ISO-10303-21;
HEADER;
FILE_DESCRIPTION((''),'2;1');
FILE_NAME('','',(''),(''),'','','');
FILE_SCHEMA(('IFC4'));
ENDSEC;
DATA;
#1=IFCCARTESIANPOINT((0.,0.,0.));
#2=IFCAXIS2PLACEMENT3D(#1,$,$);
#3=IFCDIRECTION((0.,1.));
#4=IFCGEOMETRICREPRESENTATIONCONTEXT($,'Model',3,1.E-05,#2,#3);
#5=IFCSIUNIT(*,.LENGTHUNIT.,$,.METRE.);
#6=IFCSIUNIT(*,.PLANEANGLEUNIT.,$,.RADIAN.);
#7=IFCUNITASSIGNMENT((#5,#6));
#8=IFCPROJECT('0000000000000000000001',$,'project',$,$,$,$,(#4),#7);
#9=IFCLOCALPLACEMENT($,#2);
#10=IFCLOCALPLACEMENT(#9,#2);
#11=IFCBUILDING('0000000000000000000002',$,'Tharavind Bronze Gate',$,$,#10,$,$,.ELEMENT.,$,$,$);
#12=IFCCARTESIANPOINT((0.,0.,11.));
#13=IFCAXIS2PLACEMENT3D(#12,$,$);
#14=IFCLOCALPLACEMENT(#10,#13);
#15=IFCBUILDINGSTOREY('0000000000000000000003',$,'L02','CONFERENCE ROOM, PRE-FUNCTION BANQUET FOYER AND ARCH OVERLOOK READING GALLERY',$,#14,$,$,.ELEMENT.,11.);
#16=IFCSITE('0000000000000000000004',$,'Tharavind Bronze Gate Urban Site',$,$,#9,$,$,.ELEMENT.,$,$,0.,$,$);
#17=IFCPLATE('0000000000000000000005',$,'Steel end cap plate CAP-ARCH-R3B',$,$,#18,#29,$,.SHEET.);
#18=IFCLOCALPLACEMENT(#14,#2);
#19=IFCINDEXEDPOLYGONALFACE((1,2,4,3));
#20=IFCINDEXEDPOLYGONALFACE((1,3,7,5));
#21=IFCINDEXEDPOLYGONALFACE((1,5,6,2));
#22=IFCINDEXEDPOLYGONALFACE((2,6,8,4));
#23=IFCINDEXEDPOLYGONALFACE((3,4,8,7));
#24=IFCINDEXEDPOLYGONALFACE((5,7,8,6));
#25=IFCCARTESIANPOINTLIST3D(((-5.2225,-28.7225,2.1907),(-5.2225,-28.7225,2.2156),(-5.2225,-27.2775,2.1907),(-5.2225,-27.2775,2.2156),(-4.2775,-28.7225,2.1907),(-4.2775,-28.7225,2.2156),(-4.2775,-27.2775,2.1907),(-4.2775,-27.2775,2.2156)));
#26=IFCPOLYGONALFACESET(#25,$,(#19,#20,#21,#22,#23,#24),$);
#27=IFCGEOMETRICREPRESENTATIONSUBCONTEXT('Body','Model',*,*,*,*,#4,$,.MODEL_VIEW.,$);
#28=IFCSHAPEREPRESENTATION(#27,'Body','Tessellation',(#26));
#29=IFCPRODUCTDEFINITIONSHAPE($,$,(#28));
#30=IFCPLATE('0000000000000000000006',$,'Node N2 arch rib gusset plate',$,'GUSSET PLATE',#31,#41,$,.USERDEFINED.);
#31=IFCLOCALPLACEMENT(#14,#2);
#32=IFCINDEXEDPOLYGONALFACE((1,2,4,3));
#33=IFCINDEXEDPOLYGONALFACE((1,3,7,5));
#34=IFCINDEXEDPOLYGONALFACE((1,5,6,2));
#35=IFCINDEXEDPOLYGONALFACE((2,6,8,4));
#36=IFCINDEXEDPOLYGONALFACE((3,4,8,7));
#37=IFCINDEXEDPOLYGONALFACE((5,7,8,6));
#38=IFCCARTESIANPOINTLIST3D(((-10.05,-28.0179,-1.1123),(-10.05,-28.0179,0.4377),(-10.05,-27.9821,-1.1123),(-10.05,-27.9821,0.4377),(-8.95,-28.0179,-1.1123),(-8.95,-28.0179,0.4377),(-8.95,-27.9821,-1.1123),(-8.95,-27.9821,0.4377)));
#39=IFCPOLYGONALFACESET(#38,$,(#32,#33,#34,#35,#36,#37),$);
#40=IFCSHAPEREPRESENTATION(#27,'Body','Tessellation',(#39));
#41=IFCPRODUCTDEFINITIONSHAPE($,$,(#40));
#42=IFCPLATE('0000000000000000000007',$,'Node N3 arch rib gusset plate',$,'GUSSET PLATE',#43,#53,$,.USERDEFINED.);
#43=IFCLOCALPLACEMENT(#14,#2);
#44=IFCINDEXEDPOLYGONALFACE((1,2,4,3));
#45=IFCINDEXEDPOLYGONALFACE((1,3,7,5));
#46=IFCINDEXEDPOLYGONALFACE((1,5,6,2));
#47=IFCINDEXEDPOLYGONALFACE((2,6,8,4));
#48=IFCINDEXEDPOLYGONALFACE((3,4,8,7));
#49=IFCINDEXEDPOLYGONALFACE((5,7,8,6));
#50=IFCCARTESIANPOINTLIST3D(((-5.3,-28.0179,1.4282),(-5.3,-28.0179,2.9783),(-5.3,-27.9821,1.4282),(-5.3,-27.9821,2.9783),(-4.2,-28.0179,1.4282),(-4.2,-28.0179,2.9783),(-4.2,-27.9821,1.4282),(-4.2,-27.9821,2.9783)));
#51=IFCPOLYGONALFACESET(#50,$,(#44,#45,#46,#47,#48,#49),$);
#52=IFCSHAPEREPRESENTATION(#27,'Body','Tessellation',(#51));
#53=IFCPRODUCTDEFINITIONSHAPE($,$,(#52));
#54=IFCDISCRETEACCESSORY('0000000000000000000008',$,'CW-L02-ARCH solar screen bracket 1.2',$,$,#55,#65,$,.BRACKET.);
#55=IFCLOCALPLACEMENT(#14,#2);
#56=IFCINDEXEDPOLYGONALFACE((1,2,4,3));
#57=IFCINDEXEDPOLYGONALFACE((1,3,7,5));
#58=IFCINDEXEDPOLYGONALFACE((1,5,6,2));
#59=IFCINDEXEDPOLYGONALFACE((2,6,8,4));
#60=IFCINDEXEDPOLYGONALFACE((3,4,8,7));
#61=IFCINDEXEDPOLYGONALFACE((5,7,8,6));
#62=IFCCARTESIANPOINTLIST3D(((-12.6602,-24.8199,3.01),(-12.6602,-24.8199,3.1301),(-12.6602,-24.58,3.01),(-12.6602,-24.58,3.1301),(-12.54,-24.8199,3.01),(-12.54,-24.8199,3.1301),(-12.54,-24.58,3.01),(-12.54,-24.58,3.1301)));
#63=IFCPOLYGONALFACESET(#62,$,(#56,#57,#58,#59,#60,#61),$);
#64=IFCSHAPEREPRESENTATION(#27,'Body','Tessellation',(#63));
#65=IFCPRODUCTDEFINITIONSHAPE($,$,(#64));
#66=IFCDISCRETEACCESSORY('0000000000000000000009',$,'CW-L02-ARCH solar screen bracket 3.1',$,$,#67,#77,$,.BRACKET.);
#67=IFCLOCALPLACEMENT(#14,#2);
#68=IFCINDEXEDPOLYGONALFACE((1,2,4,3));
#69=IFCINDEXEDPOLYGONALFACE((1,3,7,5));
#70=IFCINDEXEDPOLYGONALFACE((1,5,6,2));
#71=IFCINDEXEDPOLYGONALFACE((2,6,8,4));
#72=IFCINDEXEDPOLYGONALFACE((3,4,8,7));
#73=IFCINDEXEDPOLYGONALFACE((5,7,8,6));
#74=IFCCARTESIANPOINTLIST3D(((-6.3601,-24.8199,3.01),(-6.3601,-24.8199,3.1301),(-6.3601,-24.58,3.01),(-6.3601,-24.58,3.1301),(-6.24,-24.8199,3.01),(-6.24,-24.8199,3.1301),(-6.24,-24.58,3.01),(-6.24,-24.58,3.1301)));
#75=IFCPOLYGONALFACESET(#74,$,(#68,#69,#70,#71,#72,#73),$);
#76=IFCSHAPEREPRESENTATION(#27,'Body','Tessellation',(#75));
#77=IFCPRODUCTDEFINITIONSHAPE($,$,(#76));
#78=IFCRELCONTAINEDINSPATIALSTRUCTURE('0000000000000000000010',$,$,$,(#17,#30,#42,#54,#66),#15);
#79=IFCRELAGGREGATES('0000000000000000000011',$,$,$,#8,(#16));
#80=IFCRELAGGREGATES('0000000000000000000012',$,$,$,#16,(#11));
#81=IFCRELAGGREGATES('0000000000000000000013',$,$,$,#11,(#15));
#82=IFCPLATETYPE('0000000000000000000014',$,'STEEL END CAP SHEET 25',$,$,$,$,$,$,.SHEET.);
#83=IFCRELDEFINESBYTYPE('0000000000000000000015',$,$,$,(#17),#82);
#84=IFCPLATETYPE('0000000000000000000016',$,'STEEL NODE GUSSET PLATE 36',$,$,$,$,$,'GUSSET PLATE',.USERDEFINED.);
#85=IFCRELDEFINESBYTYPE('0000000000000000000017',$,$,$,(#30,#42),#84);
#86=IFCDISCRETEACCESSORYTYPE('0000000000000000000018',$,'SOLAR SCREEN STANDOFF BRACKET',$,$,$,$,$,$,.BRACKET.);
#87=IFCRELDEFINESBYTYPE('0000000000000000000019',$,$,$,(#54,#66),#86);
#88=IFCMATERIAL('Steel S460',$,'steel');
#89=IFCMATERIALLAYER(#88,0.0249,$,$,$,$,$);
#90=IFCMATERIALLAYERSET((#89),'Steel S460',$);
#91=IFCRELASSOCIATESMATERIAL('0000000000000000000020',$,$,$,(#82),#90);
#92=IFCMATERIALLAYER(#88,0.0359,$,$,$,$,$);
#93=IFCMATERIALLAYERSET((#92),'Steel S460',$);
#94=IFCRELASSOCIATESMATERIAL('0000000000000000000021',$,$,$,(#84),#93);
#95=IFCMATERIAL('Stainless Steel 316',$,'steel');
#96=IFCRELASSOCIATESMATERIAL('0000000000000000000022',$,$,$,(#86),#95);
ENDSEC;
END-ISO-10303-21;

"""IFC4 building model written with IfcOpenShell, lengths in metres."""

from ifc_helpers import new_model, si_unit, direction, frame, origin, origin_2d, place, context, subcontext, project, spatial, rectangle, extrude, material, layer, layer_set, type_object, element, save


model = new_model("IFC4")

# Units and contexts
model_context = context("Model", 3, precision=1e-05, world=origin(), true_north=direction((0.0, 1.0)))
body_context = subcontext(model_context, "Body", "Model", "MODEL_VIEW")
ifc_project = project(units=[si_unit("LENGTHUNIT", "METRE"), si_unit("PLANEANGLEUNIT", "RADIAN")], contexts=[model_context])

# Site, building, storey
site_placement = place(None, origin())
site = spatial("IfcSite", under=ifc_project, at=site_placement, Name="Tharavind Bronze Gate Urban Site", CompositionType="ELEMENT", RefElevation=0.0)
building_placement = place(site_placement, origin())
building = spatial("IfcBuilding", under=site, at=building_placement, Name="Tharavind Bronze Gate", CompositionType="ELEMENT")
storey_placement = place(building_placement, frame((0.0, 0.0, 11.0)))
storey = spatial("IfcBuildingStorey", under=building, at=storey_placement, Name="L02", Description="CONFERENCE ROOM, PRE-FUNCTION BANQUET FOYER AND ARCH OVERLOOK READING GALLERY", CompositionType="ELEMENT", Elevation=11.0)

# Shared definitions
ifc_material_1 = material(Name="Steel S460", Category="steel")

# Plates
ifc_layer_1 = layer(ifc_material_1, 0.0249)
ifc_layer_set_1 = layer_set([ifc_layer_1], Name="Steel S460")
plate_type_1 = type_object("IfcPlateType", Name="STEEL END CAP SHEET 25", PredefinedType="SHEET", material=ifc_layer_set_1)
plate_1_placement = place(storey_placement, frame((-4.75, -28.0, 2.1907), z_axis=(0.0, 0.0, 1.0), x_axis=(1.0, 0.0, 0.0)))
element("IfcPlate", 1, at=plate_1_placement, inside=storey, type_object=plate_type_1, Name="Steel end cap plate CAP-ARCH-R3B", PredefinedType="SHEET", context=body_context, shape_type="SweptSolid", body=[
    extrude(rectangle(XDim=0.9451, YDim=1.4451, at=origin_2d()), origin(), (0.0, 0.0, 1.0), 0.0249),
])
ifc_layer_2 = layer(ifc_material_1, 0.0359)
ifc_layer_set_2 = layer_set([ifc_layer_2], Name="Steel S460")
plate_type_2 = type_object("IfcPlateType", Name="STEEL NODE GUSSET PLATE 36", ElementType="GUSSET PLATE", PredefinedType="USERDEFINED", material=ifc_layer_set_2)
for number, where, z_axis, x_axis, name in (
    (2, (-9.5, -28.0, -1.1123), (0.0, 0.0, 1.0), (1.0, 0.0, 0.0), "Node N2 arch rib gusset plate"),
    (3, (-4.75, -28.0, 1.4282), (0.0, 0.0, 1.0), (1.0, 0.0, 0.0), "Node N3 arch rib gusset plate"),
):
    element("IfcPlate", number, at=place(storey_placement, frame(where, z_axis=z_axis, x_axis=x_axis)), inside=storey, type_object=plate_type_2, Name=name, ObjectType="GUSSET PLATE", PredefinedType="USERDEFINED", context=body_context, shape_type="SweptSolid", body=[
        extrude(rectangle(XDim=1.1001, YDim=0.0359, at=origin_2d()), origin(), (0.0, 0.0, 1.0), 1.55),
    ])

# Discrete accessories
ifc_material_2 = material(Name="Stainless Steel 316", Category="steel")
discrete_accessory_type = type_object("IfcDiscreteAccessoryType", Name="SOLAR SCREEN STANDOFF BRACKET", PredefinedType="BRACKET", material=ifc_material_2)
for number, where, z_axis, x_axis, name in (
    (4, (-12.6001, -24.7, 3.01), (0.0, 0.0, 1.0), (1.0, 0.0, 0.0), "CW-L02-ARCH solar screen bracket 1.2"),
    (5, (-6.3, -24.7, 3.01), (0.0, 0.0, 1.0), (1.0, 0.0, 0.0), "CW-L02-ARCH solar screen bracket 3.1"),
):
    element("IfcDiscreteAccessory", number, at=place(storey_placement, frame(where, z_axis=z_axis, x_axis=x_axis)), inside=storey, type_object=discrete_accessory_type, Name=name, PredefinedType="BRACKET", context=body_context, shape_type="SweptSolid", body=[
        extrude(rectangle(XDim=0.1201, YDim=0.24, at=origin_2d()), origin(), (0.0, 0.0, 1.0), 0.1201),
    ])

save(model, "model.ifc")
